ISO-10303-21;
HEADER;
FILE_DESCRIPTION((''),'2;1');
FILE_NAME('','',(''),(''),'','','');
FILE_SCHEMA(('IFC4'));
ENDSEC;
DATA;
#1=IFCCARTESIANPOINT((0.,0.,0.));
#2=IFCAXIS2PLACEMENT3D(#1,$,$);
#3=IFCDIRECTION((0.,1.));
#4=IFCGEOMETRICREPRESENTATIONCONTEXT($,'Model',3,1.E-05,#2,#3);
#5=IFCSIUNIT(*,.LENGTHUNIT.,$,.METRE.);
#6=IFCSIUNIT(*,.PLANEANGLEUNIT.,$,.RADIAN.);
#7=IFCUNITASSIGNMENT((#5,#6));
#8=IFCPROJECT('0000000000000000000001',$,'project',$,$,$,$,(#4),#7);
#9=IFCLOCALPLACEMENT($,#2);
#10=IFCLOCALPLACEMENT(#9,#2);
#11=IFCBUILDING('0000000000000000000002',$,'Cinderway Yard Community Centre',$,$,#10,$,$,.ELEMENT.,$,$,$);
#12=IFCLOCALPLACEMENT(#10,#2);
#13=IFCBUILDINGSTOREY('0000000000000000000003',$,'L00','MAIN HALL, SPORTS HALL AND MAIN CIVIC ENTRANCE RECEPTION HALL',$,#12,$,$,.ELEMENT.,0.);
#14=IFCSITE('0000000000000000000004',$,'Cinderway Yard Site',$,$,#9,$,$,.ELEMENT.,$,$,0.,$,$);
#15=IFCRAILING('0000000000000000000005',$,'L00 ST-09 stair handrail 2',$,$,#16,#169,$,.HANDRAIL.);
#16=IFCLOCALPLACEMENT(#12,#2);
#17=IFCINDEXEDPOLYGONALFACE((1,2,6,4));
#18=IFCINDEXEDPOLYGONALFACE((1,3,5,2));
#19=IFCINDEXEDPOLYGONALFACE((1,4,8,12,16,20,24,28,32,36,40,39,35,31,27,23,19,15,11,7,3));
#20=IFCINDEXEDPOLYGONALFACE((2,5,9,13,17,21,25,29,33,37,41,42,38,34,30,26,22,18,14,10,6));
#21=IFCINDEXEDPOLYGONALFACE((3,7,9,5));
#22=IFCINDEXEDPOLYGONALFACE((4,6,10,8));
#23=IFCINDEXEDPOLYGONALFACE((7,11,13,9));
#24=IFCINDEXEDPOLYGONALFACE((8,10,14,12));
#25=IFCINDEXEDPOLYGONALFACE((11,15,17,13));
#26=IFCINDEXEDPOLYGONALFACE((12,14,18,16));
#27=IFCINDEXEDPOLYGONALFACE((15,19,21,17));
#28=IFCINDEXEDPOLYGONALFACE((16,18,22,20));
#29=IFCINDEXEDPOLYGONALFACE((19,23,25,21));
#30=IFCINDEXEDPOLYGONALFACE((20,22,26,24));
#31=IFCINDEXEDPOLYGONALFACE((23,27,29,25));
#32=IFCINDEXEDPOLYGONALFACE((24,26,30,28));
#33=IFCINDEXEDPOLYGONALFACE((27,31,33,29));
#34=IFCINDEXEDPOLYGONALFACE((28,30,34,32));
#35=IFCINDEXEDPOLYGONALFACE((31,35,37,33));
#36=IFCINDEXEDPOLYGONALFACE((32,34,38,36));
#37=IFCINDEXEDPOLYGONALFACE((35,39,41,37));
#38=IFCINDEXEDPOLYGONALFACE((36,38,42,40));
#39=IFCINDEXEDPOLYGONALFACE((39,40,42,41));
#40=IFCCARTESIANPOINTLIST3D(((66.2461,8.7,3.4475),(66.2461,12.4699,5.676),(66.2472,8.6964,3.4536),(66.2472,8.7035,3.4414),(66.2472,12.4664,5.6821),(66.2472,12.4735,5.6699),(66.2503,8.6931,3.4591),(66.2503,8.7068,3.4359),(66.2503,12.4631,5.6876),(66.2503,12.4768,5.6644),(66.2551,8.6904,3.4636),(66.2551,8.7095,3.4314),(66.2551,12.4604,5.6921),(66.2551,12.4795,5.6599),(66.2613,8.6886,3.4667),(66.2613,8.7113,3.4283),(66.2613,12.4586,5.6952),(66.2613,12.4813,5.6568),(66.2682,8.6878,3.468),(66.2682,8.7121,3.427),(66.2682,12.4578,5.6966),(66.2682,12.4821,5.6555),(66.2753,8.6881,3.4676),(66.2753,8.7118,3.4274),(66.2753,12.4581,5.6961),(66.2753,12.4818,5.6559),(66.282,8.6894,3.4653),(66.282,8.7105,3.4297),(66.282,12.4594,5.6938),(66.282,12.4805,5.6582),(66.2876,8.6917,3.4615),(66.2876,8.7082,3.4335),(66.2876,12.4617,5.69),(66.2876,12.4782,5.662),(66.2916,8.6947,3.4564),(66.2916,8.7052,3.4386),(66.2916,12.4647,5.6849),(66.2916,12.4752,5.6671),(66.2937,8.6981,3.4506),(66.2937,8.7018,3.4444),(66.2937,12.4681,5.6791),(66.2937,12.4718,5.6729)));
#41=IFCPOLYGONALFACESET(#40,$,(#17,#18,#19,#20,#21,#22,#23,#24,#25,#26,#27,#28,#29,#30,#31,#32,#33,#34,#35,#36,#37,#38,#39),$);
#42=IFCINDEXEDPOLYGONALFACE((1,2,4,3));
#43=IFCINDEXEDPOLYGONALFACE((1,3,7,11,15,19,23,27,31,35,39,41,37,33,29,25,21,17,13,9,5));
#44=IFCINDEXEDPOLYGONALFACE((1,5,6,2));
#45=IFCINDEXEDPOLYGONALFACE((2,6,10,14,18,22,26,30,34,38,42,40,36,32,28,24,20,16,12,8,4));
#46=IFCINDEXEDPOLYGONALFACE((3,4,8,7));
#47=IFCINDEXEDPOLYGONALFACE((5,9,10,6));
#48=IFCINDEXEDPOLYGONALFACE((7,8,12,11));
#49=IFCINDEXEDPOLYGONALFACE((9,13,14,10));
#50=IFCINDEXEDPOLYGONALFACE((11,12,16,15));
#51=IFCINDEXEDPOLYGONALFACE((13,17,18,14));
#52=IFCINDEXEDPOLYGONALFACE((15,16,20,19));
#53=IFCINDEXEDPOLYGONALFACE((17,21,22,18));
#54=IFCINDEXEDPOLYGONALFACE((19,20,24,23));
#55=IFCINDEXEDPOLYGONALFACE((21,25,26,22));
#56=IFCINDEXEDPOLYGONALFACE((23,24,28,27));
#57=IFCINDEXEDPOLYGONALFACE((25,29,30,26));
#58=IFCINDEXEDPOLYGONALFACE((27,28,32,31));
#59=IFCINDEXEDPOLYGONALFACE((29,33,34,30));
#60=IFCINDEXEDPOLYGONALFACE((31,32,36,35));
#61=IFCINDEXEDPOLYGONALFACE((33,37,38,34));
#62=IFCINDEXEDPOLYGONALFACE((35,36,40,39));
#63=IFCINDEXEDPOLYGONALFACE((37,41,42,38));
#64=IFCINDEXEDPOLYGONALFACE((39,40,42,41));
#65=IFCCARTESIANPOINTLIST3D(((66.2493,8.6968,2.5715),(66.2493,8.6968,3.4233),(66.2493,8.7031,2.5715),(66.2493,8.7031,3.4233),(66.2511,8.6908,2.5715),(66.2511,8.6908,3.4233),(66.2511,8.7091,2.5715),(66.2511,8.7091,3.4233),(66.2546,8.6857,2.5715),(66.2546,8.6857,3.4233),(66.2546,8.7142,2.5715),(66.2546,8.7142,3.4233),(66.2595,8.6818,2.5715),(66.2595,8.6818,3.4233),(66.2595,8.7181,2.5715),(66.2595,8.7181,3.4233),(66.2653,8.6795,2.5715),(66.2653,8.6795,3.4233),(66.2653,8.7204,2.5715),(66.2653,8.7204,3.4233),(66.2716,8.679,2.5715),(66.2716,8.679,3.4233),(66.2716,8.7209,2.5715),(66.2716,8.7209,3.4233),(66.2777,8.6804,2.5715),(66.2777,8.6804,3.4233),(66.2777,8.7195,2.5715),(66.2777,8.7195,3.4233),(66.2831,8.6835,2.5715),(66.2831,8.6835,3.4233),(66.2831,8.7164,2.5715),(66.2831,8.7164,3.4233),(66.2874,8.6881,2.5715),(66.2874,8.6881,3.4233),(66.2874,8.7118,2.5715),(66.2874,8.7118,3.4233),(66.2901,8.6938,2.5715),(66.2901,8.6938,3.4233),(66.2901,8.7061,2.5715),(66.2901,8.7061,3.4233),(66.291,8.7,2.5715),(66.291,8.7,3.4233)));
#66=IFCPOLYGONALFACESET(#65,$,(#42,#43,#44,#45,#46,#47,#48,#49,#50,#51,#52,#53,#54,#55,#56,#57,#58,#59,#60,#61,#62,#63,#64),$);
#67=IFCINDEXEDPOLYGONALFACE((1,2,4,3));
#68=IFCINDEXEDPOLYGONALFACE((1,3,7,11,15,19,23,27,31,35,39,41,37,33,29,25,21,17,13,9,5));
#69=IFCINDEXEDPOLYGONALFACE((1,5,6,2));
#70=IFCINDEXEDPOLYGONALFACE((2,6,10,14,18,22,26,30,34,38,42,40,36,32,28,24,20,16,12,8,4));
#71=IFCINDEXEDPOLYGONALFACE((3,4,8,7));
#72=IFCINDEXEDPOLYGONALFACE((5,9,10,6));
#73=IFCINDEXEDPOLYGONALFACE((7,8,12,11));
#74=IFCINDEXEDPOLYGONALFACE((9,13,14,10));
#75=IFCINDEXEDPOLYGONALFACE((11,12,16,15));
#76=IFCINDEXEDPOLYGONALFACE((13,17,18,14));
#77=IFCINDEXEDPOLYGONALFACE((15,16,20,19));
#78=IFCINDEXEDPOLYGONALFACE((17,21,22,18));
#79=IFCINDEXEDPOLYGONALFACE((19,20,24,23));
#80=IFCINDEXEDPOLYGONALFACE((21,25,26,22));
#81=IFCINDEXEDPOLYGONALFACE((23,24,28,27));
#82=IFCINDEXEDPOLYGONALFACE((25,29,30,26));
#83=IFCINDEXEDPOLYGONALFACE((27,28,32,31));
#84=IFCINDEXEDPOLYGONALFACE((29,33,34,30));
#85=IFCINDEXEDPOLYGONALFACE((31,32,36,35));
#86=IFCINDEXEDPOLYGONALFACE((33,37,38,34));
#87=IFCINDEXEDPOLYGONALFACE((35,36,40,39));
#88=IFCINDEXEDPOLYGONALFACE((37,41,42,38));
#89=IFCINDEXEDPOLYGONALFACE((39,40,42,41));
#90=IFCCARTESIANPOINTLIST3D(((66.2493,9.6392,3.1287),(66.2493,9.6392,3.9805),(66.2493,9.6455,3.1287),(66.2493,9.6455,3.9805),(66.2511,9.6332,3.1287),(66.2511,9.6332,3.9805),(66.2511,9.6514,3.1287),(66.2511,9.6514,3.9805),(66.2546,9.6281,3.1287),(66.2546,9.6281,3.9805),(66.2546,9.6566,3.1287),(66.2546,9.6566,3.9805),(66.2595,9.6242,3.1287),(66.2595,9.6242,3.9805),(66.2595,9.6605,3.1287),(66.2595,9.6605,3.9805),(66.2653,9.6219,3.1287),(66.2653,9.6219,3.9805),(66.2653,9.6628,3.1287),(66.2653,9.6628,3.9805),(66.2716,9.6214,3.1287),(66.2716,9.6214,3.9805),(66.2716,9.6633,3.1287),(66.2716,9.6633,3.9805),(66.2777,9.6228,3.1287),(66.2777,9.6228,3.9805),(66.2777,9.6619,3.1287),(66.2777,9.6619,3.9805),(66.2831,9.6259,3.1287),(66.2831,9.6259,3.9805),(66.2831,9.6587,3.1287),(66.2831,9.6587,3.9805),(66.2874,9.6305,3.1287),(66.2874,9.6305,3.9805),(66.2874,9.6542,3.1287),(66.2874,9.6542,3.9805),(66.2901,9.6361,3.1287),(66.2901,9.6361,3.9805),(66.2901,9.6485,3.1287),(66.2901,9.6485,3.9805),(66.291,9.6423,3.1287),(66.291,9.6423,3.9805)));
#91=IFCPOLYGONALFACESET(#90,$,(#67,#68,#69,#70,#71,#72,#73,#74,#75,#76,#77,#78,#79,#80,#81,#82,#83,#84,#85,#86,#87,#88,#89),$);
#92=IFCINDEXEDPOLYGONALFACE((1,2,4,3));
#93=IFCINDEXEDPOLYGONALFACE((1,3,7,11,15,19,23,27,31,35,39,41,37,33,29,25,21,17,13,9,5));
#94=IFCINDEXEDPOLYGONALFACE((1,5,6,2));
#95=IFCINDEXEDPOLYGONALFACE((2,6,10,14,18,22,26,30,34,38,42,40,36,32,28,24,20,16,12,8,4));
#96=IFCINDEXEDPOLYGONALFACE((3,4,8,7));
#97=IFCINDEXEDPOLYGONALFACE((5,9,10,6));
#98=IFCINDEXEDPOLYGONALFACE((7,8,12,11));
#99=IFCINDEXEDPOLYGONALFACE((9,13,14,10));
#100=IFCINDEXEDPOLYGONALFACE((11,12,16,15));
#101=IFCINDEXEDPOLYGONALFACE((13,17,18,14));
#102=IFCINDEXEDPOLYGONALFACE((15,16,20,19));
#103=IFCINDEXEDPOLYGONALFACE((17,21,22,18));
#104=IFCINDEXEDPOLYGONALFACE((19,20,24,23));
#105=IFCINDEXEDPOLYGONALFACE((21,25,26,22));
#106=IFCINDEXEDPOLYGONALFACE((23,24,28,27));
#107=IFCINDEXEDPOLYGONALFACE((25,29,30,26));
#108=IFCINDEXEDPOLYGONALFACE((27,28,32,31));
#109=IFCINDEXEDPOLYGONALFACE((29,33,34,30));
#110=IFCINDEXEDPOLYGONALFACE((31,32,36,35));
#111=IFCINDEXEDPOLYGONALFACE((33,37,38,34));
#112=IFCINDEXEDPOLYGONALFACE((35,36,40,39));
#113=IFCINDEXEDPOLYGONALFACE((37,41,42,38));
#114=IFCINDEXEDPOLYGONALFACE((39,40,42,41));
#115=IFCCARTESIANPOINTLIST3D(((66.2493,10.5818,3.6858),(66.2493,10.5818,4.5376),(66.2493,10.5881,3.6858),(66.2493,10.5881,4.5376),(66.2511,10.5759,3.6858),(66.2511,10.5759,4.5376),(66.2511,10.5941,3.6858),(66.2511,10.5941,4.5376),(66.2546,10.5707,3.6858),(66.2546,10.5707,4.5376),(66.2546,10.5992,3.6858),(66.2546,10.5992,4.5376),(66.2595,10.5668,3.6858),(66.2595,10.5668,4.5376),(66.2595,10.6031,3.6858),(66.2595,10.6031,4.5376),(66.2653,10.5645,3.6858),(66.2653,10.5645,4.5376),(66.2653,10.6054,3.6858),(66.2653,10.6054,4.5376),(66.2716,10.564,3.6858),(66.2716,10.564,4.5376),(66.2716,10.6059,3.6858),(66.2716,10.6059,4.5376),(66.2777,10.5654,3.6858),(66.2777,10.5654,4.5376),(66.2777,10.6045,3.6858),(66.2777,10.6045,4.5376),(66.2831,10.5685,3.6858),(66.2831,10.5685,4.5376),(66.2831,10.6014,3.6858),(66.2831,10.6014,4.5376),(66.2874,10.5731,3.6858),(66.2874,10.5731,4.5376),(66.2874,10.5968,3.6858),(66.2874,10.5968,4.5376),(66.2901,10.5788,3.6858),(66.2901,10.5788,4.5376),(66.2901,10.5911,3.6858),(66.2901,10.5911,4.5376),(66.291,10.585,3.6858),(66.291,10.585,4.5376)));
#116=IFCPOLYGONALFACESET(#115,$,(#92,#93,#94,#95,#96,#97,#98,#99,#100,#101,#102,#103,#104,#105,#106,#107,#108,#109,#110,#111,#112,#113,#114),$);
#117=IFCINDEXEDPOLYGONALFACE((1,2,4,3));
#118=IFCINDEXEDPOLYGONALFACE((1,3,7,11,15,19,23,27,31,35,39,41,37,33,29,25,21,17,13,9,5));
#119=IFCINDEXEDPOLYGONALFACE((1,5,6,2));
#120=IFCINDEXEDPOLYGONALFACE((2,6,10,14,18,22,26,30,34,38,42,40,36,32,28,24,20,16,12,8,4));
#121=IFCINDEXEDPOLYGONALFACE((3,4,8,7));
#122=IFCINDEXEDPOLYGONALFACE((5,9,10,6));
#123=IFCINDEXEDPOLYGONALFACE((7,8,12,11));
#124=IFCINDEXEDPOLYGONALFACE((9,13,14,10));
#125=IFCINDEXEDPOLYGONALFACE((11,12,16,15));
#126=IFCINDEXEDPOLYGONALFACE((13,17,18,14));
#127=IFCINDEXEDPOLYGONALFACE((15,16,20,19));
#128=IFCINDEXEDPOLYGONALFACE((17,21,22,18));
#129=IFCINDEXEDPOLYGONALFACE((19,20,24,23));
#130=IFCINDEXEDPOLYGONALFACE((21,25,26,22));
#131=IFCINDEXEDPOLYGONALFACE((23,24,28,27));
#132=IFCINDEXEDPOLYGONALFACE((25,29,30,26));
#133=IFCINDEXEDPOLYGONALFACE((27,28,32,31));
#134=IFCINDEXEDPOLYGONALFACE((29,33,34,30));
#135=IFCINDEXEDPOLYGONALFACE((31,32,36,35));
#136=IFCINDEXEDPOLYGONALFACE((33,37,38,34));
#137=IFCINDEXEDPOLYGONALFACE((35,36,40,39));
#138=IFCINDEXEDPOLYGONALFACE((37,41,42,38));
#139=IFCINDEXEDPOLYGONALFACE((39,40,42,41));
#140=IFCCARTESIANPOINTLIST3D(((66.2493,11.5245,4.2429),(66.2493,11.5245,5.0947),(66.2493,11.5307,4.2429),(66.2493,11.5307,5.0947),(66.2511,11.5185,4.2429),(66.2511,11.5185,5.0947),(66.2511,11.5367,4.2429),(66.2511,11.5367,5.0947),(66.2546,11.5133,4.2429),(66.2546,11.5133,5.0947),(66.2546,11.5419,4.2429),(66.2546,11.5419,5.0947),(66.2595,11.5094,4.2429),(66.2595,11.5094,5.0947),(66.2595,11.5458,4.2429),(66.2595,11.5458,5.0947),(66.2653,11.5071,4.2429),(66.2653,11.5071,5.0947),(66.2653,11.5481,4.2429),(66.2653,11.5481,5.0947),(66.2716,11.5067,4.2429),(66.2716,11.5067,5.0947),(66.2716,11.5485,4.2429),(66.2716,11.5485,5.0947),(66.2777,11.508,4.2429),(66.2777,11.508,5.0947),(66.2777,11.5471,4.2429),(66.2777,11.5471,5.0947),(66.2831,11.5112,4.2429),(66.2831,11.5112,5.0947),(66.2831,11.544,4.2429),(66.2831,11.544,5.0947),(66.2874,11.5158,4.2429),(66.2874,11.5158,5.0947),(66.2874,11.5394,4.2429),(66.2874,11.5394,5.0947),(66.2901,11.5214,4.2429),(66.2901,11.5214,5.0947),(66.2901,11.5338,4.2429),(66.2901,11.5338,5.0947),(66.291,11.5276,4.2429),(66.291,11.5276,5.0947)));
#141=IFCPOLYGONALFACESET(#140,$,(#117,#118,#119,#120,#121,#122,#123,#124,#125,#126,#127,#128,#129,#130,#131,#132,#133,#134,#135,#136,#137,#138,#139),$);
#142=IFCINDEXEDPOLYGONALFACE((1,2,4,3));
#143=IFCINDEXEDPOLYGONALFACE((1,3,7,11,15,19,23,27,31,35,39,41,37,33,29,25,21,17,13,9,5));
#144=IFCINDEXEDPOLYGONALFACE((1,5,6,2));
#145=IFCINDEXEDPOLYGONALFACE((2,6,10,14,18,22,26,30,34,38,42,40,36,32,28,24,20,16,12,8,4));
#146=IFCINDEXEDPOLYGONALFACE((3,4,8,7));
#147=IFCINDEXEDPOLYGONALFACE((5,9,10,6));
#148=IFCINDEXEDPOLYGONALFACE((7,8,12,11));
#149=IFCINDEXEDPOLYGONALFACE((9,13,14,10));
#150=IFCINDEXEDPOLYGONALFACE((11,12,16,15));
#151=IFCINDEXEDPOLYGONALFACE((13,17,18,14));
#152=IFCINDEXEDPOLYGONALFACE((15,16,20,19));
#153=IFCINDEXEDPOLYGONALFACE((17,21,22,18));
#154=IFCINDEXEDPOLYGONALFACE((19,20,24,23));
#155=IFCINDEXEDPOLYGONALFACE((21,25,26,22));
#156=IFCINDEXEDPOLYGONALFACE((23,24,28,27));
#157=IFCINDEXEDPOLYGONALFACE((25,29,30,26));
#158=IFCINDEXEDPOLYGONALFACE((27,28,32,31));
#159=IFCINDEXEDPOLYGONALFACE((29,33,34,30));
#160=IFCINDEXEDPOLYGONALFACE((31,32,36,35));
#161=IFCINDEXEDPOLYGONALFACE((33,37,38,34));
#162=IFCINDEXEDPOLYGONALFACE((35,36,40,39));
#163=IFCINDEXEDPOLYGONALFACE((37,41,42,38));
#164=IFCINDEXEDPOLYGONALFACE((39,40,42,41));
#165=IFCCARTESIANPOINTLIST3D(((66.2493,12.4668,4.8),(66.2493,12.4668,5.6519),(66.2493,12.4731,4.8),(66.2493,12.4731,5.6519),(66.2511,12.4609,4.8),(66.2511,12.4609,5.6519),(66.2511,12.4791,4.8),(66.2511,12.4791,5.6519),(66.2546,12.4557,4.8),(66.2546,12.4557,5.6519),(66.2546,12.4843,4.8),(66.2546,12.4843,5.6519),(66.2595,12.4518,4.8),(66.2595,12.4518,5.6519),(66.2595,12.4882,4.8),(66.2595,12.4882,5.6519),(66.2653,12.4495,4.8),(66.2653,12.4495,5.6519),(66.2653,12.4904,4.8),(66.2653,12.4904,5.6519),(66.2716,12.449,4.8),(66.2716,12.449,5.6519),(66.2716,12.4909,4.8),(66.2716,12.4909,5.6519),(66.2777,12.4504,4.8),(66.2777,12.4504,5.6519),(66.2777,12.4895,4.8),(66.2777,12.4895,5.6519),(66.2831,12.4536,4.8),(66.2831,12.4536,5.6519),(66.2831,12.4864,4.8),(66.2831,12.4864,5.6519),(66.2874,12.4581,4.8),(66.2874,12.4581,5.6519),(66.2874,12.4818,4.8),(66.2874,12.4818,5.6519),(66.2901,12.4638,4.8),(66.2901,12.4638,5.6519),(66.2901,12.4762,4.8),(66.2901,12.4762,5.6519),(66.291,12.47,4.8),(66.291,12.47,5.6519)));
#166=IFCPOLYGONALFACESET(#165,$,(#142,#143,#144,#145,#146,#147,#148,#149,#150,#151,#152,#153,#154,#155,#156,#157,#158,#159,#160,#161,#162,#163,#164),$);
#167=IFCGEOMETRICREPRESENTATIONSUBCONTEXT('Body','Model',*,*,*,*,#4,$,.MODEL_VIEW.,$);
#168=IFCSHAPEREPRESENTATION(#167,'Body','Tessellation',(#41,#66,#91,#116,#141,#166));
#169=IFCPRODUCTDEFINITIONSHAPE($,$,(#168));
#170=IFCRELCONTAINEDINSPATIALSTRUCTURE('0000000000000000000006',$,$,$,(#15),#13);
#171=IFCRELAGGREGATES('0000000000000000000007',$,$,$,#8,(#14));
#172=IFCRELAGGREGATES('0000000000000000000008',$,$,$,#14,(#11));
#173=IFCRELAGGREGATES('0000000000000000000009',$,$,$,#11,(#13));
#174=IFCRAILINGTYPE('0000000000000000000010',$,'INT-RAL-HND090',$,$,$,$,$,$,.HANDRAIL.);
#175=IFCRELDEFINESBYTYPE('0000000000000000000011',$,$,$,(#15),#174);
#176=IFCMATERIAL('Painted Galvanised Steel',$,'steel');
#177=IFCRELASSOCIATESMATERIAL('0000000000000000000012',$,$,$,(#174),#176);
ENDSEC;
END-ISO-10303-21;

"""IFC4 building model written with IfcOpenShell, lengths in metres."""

from ifc_helpers import new_model, si_unit, direction, frame, origin, origin_2d, place, context, subcontext, project, spatial, circle, extrude, material, type_object, element, save


model = new_model("IFC4")

# Units and contexts
model_context = context("Model", 3, precision=1e-05, world=origin(), true_north=direction((0.0, 1.0)))
body_context = subcontext(model_context, "Body", "Model", "MODEL_VIEW")
ifc_project = project(units=[si_unit("LENGTHUNIT", "METRE"), si_unit("PLANEANGLEUNIT", "RADIAN")], contexts=[model_context])

# Site, building, storey
site_placement = place(None, origin())
site = spatial("IfcSite", under=ifc_project, at=site_placement, Name="Cinderway Yard Site", CompositionType="ELEMENT", RefElevation=0.0)
building_placement = place(site_placement, origin())
building = spatial("IfcBuilding", under=site, at=building_placement, Name="Cinderway Yard Community Centre", CompositionType="ELEMENT")
storey_placement = place(building_placement, origin())
storey = spatial("IfcBuildingStorey", under=building, at=storey_placement, Name="L00", Description="MAIN HALL, SPORTS HALL AND MAIN CIVIC ENTRANCE RECEPTION HALL", CompositionType="ELEMENT", Elevation=0.0)

# Shared definitions
ifc_material_1 = material(Name="Painted Galvanised Steel", Category="steel")

# Railing
railing_type_1 = type_object("IfcRailingType", Name="INT-RAL-HND090", PredefinedType="HANDRAIL", material=ifc_material_1)
railing_1_placement = place(storey_placement, frame((66.27, 8.7, 2.5715)))
element("IfcRailing", 1, at=railing_1_placement, inside=storey, type_object=railing_type_1, Name="L00 ST-09 stair handrail 2", PredefinedType="HANDRAIL", context=body_context, shape_type="SweptSolid", body=[
    extrude(circle(Radius=0.0239, at=origin_2d()), frame((0.0, 0.0, 0.876), z_axis=(0.0, 0.860849, 0.508861), x_axis=(-1.0, 0.0, 0.0)), (0.0, 0.0, 1.0), 4.3794),
    extrude(circle(Radius=0.021, at=origin_2d()), origin(), (0.0, 0.0, 1.0), 0.8518),
    extrude(circle(Radius=0.021, at=origin_2d()), frame((0.0, 0.9424, 0.5571)), (0.0, 0.0, 1.0), 0.8518),
    extrude(circle(Radius=0.021, at=origin_2d()), frame((0.0, 1.885, 1.1143)), (0.0, 0.0, 1.0), 0.8518),
    extrude(circle(Radius=0.021, at=origin_2d()), frame((0.0, 2.8276, 1.6714)), (0.0, 0.0, 1.0), 0.8518),
    extrude(circle(Radius=0.021, at=origin_2d()), frame((0.0, 3.77, 2.2285)), (0.0, 0.0, 1.0), 0.8518),
])

save(model, "model.ifc")
